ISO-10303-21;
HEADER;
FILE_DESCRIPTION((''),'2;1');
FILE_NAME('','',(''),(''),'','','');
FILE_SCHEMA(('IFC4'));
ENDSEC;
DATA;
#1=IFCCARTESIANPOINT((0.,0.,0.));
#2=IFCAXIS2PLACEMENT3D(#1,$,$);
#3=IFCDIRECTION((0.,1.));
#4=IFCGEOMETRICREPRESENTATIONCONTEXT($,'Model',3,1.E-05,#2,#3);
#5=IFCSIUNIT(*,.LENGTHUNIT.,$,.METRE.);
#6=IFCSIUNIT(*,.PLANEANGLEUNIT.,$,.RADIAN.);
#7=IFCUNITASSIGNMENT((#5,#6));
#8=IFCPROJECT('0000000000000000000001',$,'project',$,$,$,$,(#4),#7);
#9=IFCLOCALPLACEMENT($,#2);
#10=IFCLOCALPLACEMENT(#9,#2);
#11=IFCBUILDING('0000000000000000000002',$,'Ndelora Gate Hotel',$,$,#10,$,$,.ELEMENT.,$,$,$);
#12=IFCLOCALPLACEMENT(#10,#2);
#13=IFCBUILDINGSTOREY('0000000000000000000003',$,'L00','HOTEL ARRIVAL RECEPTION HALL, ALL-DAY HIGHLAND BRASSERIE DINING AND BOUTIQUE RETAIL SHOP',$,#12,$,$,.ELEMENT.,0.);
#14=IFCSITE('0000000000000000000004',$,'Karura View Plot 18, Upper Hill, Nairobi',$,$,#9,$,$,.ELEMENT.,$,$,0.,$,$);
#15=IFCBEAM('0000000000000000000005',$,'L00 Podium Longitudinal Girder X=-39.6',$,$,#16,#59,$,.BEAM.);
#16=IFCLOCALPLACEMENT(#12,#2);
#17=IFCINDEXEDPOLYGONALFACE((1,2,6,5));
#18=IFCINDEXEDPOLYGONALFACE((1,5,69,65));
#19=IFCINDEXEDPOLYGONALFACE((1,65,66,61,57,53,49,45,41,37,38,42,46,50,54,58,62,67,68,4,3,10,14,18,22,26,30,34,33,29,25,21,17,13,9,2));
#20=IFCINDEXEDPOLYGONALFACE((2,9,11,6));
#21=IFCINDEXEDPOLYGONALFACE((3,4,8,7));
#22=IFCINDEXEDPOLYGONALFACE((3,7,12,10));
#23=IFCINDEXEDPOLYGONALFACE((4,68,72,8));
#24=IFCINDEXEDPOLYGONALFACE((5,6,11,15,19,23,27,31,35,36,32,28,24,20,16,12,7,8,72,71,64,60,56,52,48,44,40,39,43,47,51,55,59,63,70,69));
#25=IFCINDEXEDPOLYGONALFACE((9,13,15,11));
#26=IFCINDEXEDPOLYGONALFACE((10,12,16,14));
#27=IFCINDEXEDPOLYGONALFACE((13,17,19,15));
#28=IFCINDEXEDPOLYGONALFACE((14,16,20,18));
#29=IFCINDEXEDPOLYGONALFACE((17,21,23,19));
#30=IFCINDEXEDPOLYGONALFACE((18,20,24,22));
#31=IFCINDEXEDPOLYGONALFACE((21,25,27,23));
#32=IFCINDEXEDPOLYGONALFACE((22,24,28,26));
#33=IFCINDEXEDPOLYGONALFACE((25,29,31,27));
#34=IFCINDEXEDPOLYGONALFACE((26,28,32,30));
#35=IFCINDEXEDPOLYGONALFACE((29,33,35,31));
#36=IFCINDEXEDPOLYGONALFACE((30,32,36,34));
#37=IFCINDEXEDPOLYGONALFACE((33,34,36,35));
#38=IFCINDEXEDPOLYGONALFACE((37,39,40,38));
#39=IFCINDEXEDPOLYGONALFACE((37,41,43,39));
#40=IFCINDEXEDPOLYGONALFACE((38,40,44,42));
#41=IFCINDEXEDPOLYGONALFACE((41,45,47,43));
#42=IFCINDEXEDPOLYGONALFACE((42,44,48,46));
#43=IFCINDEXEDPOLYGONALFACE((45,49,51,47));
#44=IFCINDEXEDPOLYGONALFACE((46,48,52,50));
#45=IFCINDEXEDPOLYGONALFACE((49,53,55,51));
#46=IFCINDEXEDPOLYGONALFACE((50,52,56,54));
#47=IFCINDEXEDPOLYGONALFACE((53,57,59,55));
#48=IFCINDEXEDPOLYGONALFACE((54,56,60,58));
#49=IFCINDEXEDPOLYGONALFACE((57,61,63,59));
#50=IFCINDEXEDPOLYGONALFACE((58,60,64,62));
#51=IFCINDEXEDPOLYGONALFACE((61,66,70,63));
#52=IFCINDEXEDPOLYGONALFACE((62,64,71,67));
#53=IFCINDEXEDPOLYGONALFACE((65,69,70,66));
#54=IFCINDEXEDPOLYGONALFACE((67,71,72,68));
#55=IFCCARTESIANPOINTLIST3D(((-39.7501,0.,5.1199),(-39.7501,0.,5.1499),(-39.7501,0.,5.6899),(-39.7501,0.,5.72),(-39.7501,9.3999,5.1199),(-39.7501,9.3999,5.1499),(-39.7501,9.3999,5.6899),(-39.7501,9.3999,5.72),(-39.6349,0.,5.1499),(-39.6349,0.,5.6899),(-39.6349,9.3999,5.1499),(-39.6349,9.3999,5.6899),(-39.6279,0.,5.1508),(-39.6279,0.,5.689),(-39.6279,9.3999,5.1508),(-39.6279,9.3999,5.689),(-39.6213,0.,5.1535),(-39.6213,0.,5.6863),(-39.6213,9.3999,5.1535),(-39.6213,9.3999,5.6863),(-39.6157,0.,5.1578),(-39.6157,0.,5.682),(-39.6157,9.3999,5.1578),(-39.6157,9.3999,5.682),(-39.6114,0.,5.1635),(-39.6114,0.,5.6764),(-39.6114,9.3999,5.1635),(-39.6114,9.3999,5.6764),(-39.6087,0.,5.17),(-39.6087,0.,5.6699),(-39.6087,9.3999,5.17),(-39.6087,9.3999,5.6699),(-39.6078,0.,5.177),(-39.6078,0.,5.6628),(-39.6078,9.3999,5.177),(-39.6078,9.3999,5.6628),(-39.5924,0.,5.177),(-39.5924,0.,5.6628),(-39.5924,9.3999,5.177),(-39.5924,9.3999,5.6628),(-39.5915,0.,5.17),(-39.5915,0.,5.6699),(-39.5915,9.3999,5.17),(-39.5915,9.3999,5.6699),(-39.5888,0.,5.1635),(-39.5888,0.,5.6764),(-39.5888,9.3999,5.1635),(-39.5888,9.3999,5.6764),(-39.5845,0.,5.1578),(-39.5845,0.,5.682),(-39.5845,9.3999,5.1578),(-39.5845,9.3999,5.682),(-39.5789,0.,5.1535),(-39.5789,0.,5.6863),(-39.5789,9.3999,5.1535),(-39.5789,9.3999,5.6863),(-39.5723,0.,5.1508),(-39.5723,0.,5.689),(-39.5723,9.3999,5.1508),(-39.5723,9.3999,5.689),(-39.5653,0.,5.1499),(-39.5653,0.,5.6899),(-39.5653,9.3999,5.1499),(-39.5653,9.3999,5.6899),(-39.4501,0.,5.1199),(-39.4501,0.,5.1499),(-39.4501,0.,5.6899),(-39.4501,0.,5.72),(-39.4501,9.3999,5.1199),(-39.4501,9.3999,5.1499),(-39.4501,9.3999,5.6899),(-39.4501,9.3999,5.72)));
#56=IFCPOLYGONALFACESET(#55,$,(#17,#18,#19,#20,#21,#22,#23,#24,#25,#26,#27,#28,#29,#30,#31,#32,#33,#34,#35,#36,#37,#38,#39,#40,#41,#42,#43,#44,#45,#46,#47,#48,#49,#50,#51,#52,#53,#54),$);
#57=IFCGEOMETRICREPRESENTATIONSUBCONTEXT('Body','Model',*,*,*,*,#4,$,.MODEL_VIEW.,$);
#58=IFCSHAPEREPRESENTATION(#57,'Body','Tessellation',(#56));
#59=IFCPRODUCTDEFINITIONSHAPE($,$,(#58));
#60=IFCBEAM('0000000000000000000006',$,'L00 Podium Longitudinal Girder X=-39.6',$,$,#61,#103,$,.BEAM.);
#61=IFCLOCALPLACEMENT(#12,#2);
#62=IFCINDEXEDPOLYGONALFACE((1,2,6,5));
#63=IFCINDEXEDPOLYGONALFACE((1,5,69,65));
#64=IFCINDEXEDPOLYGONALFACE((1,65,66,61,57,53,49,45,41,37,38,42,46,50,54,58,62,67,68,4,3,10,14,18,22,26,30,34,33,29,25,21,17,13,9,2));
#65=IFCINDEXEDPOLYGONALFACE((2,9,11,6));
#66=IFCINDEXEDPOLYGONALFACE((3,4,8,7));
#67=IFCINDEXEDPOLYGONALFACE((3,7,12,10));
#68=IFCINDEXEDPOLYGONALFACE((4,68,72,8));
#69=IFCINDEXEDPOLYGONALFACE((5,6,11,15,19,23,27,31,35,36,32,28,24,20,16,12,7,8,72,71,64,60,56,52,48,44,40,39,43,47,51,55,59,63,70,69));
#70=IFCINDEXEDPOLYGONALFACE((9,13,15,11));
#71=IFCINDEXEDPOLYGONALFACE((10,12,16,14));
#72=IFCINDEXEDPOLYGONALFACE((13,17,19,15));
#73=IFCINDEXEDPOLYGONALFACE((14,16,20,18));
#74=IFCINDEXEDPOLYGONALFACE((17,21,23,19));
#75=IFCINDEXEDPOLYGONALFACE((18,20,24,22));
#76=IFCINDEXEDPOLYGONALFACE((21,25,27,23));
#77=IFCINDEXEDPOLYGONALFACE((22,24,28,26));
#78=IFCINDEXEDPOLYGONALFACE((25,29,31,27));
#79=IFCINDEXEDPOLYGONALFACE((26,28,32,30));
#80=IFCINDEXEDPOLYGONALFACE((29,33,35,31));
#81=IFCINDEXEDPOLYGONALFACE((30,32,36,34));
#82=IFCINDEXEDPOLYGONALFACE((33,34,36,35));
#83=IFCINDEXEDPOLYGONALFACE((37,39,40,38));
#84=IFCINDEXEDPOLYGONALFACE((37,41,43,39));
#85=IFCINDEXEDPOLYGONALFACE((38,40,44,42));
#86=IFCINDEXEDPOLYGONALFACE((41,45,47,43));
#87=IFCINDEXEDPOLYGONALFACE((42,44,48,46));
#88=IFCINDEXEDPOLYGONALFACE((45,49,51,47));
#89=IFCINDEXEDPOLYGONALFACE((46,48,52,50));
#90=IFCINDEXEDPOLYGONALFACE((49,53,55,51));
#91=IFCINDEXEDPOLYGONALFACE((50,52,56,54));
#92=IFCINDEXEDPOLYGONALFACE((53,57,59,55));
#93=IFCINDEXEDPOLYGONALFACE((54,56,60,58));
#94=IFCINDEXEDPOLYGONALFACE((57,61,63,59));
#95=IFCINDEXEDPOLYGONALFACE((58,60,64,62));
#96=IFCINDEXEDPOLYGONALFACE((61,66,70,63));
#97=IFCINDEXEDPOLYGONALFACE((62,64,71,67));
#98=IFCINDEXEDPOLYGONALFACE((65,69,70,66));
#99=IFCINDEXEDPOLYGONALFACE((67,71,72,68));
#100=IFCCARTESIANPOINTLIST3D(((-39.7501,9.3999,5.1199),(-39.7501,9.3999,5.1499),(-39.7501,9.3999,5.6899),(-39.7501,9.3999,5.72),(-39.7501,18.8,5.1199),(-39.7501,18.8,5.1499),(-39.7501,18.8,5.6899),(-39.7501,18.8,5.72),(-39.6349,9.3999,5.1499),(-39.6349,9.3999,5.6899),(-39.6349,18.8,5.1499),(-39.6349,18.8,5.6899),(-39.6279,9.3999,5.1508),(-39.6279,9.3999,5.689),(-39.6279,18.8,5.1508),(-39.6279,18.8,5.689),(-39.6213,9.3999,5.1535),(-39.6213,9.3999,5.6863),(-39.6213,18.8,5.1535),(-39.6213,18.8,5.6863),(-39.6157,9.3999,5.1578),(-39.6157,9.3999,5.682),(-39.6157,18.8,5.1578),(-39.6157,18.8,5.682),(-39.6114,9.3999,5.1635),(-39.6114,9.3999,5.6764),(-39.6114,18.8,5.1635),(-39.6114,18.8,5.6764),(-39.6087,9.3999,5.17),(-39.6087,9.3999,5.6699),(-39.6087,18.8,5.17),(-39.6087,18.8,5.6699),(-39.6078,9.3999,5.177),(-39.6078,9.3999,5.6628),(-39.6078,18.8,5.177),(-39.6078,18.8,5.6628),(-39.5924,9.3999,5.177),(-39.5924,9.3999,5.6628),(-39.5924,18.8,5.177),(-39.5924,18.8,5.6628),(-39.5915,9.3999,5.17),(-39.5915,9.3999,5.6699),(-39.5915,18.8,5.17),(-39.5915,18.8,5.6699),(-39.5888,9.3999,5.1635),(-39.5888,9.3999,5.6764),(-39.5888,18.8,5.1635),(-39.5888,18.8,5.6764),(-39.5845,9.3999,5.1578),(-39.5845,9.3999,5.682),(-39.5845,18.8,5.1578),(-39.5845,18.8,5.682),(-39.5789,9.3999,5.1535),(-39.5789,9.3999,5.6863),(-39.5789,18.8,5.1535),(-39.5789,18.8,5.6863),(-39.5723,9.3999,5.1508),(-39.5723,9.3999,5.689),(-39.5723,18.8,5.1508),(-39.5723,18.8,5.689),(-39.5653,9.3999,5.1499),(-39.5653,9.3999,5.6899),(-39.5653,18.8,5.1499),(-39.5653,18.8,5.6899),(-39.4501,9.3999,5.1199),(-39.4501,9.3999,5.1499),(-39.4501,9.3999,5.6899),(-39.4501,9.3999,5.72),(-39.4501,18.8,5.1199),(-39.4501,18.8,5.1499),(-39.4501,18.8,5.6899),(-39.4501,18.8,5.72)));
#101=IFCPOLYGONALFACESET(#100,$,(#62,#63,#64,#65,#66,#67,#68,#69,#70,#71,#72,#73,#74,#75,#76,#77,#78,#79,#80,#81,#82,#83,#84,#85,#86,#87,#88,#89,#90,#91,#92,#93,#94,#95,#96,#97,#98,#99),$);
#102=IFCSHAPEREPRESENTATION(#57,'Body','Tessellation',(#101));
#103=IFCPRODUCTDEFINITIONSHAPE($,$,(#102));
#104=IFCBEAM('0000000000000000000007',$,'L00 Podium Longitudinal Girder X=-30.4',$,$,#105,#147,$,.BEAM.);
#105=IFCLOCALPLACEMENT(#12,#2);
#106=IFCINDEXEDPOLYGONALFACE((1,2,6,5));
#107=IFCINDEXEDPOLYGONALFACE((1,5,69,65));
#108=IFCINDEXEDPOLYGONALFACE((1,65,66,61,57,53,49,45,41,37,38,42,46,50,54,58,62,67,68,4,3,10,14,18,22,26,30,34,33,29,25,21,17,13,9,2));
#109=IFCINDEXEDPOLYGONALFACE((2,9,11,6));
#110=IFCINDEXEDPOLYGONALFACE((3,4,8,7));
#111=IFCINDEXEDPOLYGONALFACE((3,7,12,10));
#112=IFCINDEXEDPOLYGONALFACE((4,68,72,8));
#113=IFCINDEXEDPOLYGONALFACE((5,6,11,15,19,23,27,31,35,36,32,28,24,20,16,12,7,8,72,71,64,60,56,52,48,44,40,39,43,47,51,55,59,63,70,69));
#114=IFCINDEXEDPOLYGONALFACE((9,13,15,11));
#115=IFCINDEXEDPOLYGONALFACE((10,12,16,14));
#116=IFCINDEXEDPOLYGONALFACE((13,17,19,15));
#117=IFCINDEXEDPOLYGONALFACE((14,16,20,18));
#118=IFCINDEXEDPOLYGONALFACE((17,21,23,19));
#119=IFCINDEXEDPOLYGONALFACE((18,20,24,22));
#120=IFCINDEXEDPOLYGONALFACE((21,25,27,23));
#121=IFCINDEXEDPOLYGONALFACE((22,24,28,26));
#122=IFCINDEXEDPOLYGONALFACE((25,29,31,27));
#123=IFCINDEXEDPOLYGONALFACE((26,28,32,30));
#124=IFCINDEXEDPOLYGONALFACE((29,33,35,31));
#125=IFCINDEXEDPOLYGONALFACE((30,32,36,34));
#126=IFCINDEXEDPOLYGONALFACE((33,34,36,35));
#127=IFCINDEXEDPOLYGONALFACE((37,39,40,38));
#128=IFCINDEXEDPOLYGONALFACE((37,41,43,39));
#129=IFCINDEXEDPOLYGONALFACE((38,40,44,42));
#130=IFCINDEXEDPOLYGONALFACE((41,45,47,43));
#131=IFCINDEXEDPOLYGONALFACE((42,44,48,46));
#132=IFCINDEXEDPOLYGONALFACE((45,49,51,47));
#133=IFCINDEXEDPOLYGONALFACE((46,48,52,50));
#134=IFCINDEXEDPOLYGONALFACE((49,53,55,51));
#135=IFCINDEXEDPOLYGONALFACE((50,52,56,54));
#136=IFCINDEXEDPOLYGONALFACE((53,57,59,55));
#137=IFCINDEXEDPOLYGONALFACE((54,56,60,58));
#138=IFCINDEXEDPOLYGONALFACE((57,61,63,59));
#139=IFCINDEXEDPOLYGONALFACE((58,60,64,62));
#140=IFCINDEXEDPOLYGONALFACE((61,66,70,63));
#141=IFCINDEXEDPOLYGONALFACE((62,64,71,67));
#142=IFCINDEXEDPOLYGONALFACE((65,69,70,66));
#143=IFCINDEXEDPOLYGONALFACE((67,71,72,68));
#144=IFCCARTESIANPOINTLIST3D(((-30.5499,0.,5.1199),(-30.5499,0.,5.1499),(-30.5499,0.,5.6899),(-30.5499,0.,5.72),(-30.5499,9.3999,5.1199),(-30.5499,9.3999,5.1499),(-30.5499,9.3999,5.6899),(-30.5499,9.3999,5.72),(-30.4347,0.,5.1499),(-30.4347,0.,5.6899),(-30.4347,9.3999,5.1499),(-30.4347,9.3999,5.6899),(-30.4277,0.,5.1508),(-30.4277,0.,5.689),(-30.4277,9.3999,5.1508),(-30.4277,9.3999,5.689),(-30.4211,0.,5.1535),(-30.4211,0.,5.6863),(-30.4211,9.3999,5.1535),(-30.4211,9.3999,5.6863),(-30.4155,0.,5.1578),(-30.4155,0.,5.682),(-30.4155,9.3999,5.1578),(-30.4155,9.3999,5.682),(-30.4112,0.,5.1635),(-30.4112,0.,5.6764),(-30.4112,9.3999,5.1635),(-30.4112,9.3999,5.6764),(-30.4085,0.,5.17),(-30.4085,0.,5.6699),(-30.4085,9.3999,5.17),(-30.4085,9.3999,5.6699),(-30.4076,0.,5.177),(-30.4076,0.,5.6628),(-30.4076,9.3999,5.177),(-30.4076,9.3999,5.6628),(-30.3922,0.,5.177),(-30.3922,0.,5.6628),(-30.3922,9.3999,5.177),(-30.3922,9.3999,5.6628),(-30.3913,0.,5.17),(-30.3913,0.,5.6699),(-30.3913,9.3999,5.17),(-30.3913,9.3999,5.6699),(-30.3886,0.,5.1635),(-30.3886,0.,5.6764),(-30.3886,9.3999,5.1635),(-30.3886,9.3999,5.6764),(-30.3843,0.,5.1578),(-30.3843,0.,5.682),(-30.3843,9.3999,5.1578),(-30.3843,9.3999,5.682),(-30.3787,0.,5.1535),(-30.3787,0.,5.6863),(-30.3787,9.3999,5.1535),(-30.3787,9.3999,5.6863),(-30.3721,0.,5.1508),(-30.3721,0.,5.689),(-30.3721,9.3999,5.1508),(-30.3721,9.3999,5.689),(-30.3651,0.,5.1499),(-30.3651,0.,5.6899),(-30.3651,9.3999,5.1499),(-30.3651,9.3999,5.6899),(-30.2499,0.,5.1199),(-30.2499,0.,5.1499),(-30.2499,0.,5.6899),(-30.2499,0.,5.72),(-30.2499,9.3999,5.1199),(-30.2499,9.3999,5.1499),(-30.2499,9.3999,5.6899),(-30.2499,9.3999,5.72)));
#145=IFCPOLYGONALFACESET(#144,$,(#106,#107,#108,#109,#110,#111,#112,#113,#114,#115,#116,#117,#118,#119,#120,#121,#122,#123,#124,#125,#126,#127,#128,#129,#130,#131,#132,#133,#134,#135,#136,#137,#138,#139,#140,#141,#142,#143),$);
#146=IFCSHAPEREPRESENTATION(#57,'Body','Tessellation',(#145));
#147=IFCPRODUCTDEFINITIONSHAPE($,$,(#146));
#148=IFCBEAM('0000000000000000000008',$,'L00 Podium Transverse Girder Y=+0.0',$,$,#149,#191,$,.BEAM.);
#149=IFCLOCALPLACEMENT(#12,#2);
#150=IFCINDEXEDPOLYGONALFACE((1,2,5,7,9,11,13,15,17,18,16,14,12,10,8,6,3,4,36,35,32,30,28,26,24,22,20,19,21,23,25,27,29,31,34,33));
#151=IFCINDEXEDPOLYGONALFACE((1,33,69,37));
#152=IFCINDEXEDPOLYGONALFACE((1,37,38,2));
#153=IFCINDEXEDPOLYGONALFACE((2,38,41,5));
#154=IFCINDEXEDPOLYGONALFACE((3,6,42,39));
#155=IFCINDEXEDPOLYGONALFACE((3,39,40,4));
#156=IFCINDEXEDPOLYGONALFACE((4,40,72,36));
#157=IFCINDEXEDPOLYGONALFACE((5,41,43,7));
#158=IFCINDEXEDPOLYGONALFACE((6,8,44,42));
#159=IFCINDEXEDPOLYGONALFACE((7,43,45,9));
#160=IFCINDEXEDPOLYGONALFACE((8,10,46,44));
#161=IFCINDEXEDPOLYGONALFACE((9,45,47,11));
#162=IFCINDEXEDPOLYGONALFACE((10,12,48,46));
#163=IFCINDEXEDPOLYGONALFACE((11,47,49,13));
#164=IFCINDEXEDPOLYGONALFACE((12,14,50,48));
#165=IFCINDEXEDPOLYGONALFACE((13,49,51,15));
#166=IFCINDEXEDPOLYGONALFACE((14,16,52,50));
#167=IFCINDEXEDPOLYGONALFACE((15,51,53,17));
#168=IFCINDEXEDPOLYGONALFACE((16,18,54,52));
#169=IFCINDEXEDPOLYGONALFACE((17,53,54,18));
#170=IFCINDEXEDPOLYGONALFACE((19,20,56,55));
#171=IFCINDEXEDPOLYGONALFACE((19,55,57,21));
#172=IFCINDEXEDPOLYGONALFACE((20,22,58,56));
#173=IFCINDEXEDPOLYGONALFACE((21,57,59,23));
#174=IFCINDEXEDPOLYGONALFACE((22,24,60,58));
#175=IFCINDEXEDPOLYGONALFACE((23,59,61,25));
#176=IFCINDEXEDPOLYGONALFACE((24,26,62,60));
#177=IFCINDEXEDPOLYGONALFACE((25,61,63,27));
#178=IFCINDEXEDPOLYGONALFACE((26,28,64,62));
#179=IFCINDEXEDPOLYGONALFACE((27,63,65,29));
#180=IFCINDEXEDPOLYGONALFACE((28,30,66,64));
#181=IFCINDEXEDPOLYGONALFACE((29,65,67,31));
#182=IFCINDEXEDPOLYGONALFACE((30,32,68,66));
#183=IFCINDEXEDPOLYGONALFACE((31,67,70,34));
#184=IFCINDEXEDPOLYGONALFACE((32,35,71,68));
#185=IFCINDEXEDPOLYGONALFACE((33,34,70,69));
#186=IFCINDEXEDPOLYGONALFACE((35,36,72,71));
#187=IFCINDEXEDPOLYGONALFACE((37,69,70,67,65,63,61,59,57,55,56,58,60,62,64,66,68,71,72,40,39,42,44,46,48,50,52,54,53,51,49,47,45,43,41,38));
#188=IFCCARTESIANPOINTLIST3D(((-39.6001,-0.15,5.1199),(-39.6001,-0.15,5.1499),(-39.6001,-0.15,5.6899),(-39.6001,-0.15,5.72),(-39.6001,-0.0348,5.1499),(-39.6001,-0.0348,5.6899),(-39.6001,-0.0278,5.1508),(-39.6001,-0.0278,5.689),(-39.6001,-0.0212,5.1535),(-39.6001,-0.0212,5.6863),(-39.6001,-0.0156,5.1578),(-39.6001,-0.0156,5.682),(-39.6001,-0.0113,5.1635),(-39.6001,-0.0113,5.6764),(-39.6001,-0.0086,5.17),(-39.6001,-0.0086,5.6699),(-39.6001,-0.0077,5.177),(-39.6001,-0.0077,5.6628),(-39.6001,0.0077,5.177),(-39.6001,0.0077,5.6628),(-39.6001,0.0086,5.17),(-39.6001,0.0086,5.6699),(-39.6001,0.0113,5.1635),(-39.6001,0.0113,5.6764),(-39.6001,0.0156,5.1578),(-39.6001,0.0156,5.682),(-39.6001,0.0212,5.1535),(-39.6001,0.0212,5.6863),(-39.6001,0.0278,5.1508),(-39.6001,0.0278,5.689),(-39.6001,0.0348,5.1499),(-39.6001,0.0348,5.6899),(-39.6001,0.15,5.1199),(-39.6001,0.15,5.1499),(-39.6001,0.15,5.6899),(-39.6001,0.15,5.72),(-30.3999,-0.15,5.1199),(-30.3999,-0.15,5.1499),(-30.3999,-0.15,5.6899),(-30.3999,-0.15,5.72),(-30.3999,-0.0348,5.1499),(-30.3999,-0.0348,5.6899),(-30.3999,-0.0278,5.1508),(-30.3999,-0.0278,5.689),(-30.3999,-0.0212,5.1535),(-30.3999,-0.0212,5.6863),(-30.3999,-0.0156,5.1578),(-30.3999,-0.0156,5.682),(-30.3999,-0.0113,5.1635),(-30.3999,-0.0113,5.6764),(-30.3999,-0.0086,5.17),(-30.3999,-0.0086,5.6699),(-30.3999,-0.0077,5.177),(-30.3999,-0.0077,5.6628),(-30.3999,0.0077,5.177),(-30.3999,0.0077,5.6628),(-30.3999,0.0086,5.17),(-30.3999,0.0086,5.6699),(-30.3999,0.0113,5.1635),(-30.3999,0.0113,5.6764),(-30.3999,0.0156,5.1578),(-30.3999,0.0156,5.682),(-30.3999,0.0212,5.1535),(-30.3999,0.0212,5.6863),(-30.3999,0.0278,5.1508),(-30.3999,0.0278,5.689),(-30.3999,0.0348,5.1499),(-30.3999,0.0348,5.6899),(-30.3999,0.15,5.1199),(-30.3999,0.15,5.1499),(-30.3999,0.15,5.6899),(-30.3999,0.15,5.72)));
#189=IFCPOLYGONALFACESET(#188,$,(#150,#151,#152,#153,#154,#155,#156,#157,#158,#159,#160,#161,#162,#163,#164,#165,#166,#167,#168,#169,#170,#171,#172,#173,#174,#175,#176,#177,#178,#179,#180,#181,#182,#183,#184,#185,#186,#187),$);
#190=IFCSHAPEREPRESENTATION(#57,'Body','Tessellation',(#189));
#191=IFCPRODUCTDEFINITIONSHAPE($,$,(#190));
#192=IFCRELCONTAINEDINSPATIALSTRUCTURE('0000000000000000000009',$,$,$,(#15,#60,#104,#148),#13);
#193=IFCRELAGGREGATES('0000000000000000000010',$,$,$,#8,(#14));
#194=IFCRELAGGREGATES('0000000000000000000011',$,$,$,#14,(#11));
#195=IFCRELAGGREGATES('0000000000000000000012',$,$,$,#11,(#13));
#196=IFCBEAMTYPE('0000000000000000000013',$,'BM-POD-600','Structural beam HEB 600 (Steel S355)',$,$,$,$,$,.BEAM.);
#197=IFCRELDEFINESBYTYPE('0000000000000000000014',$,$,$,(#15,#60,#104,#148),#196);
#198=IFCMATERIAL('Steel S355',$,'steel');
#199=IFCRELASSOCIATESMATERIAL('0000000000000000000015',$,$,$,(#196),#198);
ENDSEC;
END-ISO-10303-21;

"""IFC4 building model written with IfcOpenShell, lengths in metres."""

from ifc_helpers import new_model, si_unit, direction, frame, origin, origin_2d, place, context, subcontext, project, spatial, i_section, extrude, material, material_profile, profile_set, type_object, element, save


model = new_model("IFC4")

# Units and contexts
model_context = context("Model", 3, precision=1e-05, world=origin(), true_north=direction((0.0, 1.0)))
body_context = subcontext(model_context, "Body", "Model", "MODEL_VIEW")
ifc_project = project(units=[si_unit("LENGTHUNIT", "METRE"), si_unit("PLANEANGLEUNIT", "RADIAN")], contexts=[model_context])

# Site, building, storey
site_placement = place(None, origin())
site = spatial("IfcSite", under=ifc_project, at=site_placement, Name="Karura View Plot 18, Upper Hill, Nairobi", CompositionType="ELEMENT", RefElevation=0.0)
building_placement = place(site_placement, origin())
building = spatial("IfcBuilding", under=site, at=building_placement, Name="Ndelora Gate Hotel", CompositionType="ELEMENT")
storey_placement = place(building_placement, origin())
storey = spatial("IfcBuildingStorey", under=building, at=storey_placement, Name="L00", Description="HOTEL ARRIVAL RECEPTION HALL, ALL-DAY HIGHLAND BRASSERIE DINING AND BOUTIQUE RETAIL SHOP", CompositionType="ELEMENT", Elevation=0.0)

# Beams
ifc_material_1 = material(Name="Steel S355", Category="steel")
ifc_material_profile_1 = material_profile(ifc_material_1, i_section(OverallWidth=0.3, OverallDepth=0.6001, WebThickness=0.0154, FlangeThickness=0.03, FilletRadius=0.0271, at=origin_2d()), Name="HEB 600")
ifc_profile_set_1 = profile_set([ifc_material_profile_1], Name="Steel S355")
beam_type_1 = type_object("IfcBeamType", Name="BM-POD-600", Description="Structural beam HEB 600 (Steel S355)", PredefinedType="BEAM", material=ifc_profile_set_1)
beam_1_placement = place(storey_placement, frame((-39.6001, 0.0, 5.4199), z_axis=(0.0, 1.0, 0.0), x_axis=(-1.0, 0.0, 0.0)))
element("IfcBeam", 1, at=beam_1_placement, inside=storey, type_object=beam_type_1, Name="L00 Podium Longitudinal Girder X=-39.6", PredefinedType="BEAM", context=body_context, shape_type="SweptSolid", body=[
    extrude(i_section(OverallWidth=0.3, OverallDepth=0.6001, WebThickness=0.0154, FlangeThickness=0.03, FilletRadius=0.0271, at=origin_2d()), origin(), (0.0, 0.0, 1.0), 9.3999),
])
beam_2_placement = place(storey_placement, frame((-39.6001, 9.3999, 5.4199), z_axis=(0.0, 1.0, 0.0), x_axis=(-1.0, 0.0, 0.0)))
element("IfcBeam", 2, at=beam_2_placement, inside=storey, type_object=beam_type_1, Name="L00 Podium Longitudinal Girder X=-39.6", PredefinedType="BEAM", context=body_context, shape_type="SweptSolid", body=[
    extrude(i_section(OverallWidth=0.3, OverallDepth=0.6001, WebThickness=0.0154, FlangeThickness=0.03, FilletRadius=0.0271, at=origin_2d()), origin(), (0.0, 0.0, 1.0), 9.4001),
])
beam_3_placement = place(storey_placement, frame((-30.3999, 0.0, 5.4199), z_axis=(0.0, 1.0, 0.0), x_axis=(-1.0, 0.0, 0.0)))
element("IfcBeam", 3, at=beam_3_placement, inside=storey, type_object=beam_type_1, Name="L00 Podium Longitudinal Girder X=-30.4", PredefinedType="BEAM", context=body_context, shape_type="SweptSolid", body=[
    extrude(i_section(OverallWidth=0.3, OverallDepth=0.6001, WebThickness=0.0154, FlangeThickness=0.03, FilletRadius=0.0271, at=origin_2d()), origin(), (0.0, 0.0, 1.0), 9.3999),
])
beam_4_placement = place(storey_placement, frame((-39.6001, 0.0, 5.4199), z_axis=(1.0, 0.0, 0.0), x_axis=(0.0, 1.0, 0.0)))
element("IfcBeam", 4, at=beam_4_placement, inside=storey, type_object=beam_type_1, Name="L00 Podium Transverse Girder Y=+0.0", PredefinedType="BEAM", context=body_context, shape_type="SweptSolid", body=[
    extrude(i_section(OverallWidth=0.3, OverallDepth=0.6001, WebThickness=0.0154, FlangeThickness=0.03, FilletRadius=0.0271, at=origin_2d()), origin(), (0.0, 0.0, 1.0), 9.2002),
])

save(model, "model.ifc")
